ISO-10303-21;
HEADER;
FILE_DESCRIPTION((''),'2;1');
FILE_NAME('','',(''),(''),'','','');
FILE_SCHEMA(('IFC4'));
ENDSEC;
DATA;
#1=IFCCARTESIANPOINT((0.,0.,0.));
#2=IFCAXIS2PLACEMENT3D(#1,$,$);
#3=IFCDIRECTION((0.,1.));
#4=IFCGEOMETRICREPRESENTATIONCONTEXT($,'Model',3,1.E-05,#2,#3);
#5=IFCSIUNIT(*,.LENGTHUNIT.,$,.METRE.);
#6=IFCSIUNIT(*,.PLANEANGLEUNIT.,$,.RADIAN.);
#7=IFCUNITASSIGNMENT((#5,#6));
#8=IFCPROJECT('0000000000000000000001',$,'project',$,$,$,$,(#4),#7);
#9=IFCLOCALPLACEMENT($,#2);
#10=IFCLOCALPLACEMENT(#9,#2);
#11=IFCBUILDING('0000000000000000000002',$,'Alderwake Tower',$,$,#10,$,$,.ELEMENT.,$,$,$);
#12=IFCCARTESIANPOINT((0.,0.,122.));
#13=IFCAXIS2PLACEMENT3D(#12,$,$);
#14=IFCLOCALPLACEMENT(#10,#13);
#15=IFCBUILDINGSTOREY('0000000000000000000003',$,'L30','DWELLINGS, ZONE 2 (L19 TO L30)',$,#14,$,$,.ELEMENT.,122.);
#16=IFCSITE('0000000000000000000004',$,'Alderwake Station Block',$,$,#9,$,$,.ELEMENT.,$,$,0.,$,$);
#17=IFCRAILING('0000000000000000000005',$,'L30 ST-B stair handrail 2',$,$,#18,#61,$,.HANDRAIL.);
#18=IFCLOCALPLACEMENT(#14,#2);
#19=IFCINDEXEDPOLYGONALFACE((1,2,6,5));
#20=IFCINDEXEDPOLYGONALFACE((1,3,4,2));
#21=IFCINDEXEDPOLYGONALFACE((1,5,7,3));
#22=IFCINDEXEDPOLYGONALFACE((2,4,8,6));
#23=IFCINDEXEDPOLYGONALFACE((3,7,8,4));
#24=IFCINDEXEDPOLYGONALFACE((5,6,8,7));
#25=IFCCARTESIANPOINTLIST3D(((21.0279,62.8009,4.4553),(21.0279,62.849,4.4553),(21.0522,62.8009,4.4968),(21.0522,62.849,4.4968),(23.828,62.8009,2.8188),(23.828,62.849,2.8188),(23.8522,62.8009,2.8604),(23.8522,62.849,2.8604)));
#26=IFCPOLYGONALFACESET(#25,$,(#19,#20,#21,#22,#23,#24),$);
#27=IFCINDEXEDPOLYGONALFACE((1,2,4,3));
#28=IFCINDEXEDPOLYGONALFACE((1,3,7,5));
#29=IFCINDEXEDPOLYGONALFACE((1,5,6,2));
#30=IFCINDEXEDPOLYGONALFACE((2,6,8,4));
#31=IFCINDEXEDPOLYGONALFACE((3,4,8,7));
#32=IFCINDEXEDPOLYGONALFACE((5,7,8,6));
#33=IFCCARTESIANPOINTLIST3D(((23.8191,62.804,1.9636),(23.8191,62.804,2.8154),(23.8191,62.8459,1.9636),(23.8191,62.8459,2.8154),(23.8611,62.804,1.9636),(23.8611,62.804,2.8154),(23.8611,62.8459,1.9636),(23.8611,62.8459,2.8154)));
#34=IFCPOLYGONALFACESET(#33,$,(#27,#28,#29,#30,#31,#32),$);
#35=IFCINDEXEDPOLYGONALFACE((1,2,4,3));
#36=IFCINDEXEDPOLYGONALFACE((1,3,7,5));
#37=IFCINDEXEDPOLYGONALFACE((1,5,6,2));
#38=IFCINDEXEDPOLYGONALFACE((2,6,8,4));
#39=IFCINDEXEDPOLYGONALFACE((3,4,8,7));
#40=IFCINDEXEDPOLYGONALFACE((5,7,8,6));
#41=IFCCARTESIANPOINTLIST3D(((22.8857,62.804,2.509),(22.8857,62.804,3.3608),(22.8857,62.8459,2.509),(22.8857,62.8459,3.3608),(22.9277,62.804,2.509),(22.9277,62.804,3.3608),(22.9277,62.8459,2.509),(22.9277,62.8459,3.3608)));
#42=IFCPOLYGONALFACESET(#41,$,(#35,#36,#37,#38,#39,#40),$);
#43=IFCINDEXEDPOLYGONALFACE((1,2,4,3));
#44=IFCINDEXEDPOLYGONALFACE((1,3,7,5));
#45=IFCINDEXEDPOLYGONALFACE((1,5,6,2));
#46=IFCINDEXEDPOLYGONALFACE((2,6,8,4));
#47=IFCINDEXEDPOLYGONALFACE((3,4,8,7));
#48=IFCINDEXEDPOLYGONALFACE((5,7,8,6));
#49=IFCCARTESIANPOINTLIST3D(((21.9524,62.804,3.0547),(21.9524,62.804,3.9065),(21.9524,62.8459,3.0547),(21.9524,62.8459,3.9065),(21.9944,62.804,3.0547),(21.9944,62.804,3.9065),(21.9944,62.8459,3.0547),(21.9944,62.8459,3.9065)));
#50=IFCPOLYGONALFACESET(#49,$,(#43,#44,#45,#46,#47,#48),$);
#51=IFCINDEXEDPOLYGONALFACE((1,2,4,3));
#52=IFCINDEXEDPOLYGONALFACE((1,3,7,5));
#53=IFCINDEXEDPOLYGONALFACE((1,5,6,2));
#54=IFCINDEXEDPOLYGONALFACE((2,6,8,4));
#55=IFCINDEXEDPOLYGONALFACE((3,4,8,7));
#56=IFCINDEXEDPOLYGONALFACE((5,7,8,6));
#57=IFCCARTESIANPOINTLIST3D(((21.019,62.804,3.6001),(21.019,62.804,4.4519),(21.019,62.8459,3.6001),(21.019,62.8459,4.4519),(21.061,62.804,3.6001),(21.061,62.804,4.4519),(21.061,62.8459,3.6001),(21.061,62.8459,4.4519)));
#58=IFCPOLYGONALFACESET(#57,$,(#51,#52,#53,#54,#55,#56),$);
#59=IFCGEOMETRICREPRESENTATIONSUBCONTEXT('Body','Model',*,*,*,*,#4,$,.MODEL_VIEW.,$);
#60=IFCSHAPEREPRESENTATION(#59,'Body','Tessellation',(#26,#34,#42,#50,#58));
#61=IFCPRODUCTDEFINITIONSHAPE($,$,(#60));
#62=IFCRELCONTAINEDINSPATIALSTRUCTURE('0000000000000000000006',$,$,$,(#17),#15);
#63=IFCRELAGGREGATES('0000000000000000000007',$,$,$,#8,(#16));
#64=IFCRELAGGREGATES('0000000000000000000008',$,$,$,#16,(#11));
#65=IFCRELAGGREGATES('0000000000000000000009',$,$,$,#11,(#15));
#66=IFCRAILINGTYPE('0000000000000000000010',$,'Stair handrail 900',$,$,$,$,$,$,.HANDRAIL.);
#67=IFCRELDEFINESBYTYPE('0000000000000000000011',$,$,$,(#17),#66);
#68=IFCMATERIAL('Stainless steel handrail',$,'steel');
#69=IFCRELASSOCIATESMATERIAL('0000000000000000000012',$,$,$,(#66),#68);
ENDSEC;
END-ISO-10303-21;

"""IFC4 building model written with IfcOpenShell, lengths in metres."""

from ifc_helpers import new_model, si_unit, direction, frame, origin, origin_2d, place, context, subcontext, project, spatial, rectangle, extrude, material, type_object, element, save


model = new_model("IFC4")

# Units and contexts
model_context = context("Model", 3, precision=1e-05, world=origin(), true_north=direction((0.0, 1.0)))
body_context = subcontext(model_context, "Body", "Model", "MODEL_VIEW")
ifc_project = project(units=[si_unit("LENGTHUNIT", "METRE"), si_unit("PLANEANGLEUNIT", "RADIAN")], contexts=[model_context])

# Site, building, storey
site_placement = place(None, origin())
site = spatial("IfcSite", under=ifc_project, at=site_placement, Name="Alderwake Station Block", CompositionType="ELEMENT", RefElevation=0.0)
building_placement = place(site_placement, origin())
building = spatial("IfcBuilding", under=site, at=building_placement, Name="Alderwake Tower", CompositionType="ELEMENT")
storey_placement = place(building_placement, frame((0.0, 0.0, 122.0)))
storey = spatial("IfcBuildingStorey", under=building, at=storey_placement, Name="L30", Description="DWELLINGS, ZONE 2 (L19 TO L30)", CompositionType="ELEMENT", Elevation=122.0)

# Railing
ifc_material_1 = material(Name="Stainless steel handrail", Category="steel")
railing_type_1 = type_object("IfcRailingType", Name="Stair handrail 900", PredefinedType="HANDRAIL", material=ifc_material_1)
railing_1_placement = place(storey_placement, frame((23.8401, 62.825, 1.9636)))
element("IfcRailing", 1, at=railing_1_placement, inside=storey, type_object=railing_type_1, Name="L30 ST-B stair handrail 2", PredefinedType="HANDRAIL", context=body_context, shape_type="SweptSolid", body=[
    extrude(rectangle(XDim=0.0481, YDim=0.0481, at=origin_2d()), frame((0.0, 0.0, 0.876), z_axis=(-0.863361, 0.0, 0.504587), x_axis=(0.0, -1.0, 0.0)), (0.0, 0.0, 1.0), 3.2432),
    extrude(rectangle(XDim=0.042, YDim=0.042, at=origin_2d()), frame((0.0, 0.0, 0.0), z_axis=(0.0, 0.0, 1.0), x_axis=(-1.0, 0.0, 0.0)), (0.0, 0.0, 1.0), 0.8518),
    extrude(rectangle(XDim=0.042, YDim=0.042, at=origin_2d()), frame((-0.9333, 0.0, 0.5454), z_axis=(0.0, 0.0, 1.0), x_axis=(-1.0, 0.0, 0.0)), (0.0, 0.0, 1.0), 0.8518),
    extrude(rectangle(XDim=0.042, YDim=0.042, at=origin_2d()), frame((-1.8667, 0.0, 1.0911), z_axis=(0.0, 0.0, 1.0), x_axis=(-1.0, 0.0, 0.0)), (0.0, 0.0, 1.0), 0.8518),
    extrude(rectangle(XDim=0.042, YDim=0.042, at=origin_2d()), frame((-2.8, 0.0, 1.6365), z_axis=(0.0, 0.0, 1.0), x_axis=(-1.0, 0.0, 0.0)), (0.0, 0.0, 1.0), 0.8518),
])

save(model, "model.ifc")
